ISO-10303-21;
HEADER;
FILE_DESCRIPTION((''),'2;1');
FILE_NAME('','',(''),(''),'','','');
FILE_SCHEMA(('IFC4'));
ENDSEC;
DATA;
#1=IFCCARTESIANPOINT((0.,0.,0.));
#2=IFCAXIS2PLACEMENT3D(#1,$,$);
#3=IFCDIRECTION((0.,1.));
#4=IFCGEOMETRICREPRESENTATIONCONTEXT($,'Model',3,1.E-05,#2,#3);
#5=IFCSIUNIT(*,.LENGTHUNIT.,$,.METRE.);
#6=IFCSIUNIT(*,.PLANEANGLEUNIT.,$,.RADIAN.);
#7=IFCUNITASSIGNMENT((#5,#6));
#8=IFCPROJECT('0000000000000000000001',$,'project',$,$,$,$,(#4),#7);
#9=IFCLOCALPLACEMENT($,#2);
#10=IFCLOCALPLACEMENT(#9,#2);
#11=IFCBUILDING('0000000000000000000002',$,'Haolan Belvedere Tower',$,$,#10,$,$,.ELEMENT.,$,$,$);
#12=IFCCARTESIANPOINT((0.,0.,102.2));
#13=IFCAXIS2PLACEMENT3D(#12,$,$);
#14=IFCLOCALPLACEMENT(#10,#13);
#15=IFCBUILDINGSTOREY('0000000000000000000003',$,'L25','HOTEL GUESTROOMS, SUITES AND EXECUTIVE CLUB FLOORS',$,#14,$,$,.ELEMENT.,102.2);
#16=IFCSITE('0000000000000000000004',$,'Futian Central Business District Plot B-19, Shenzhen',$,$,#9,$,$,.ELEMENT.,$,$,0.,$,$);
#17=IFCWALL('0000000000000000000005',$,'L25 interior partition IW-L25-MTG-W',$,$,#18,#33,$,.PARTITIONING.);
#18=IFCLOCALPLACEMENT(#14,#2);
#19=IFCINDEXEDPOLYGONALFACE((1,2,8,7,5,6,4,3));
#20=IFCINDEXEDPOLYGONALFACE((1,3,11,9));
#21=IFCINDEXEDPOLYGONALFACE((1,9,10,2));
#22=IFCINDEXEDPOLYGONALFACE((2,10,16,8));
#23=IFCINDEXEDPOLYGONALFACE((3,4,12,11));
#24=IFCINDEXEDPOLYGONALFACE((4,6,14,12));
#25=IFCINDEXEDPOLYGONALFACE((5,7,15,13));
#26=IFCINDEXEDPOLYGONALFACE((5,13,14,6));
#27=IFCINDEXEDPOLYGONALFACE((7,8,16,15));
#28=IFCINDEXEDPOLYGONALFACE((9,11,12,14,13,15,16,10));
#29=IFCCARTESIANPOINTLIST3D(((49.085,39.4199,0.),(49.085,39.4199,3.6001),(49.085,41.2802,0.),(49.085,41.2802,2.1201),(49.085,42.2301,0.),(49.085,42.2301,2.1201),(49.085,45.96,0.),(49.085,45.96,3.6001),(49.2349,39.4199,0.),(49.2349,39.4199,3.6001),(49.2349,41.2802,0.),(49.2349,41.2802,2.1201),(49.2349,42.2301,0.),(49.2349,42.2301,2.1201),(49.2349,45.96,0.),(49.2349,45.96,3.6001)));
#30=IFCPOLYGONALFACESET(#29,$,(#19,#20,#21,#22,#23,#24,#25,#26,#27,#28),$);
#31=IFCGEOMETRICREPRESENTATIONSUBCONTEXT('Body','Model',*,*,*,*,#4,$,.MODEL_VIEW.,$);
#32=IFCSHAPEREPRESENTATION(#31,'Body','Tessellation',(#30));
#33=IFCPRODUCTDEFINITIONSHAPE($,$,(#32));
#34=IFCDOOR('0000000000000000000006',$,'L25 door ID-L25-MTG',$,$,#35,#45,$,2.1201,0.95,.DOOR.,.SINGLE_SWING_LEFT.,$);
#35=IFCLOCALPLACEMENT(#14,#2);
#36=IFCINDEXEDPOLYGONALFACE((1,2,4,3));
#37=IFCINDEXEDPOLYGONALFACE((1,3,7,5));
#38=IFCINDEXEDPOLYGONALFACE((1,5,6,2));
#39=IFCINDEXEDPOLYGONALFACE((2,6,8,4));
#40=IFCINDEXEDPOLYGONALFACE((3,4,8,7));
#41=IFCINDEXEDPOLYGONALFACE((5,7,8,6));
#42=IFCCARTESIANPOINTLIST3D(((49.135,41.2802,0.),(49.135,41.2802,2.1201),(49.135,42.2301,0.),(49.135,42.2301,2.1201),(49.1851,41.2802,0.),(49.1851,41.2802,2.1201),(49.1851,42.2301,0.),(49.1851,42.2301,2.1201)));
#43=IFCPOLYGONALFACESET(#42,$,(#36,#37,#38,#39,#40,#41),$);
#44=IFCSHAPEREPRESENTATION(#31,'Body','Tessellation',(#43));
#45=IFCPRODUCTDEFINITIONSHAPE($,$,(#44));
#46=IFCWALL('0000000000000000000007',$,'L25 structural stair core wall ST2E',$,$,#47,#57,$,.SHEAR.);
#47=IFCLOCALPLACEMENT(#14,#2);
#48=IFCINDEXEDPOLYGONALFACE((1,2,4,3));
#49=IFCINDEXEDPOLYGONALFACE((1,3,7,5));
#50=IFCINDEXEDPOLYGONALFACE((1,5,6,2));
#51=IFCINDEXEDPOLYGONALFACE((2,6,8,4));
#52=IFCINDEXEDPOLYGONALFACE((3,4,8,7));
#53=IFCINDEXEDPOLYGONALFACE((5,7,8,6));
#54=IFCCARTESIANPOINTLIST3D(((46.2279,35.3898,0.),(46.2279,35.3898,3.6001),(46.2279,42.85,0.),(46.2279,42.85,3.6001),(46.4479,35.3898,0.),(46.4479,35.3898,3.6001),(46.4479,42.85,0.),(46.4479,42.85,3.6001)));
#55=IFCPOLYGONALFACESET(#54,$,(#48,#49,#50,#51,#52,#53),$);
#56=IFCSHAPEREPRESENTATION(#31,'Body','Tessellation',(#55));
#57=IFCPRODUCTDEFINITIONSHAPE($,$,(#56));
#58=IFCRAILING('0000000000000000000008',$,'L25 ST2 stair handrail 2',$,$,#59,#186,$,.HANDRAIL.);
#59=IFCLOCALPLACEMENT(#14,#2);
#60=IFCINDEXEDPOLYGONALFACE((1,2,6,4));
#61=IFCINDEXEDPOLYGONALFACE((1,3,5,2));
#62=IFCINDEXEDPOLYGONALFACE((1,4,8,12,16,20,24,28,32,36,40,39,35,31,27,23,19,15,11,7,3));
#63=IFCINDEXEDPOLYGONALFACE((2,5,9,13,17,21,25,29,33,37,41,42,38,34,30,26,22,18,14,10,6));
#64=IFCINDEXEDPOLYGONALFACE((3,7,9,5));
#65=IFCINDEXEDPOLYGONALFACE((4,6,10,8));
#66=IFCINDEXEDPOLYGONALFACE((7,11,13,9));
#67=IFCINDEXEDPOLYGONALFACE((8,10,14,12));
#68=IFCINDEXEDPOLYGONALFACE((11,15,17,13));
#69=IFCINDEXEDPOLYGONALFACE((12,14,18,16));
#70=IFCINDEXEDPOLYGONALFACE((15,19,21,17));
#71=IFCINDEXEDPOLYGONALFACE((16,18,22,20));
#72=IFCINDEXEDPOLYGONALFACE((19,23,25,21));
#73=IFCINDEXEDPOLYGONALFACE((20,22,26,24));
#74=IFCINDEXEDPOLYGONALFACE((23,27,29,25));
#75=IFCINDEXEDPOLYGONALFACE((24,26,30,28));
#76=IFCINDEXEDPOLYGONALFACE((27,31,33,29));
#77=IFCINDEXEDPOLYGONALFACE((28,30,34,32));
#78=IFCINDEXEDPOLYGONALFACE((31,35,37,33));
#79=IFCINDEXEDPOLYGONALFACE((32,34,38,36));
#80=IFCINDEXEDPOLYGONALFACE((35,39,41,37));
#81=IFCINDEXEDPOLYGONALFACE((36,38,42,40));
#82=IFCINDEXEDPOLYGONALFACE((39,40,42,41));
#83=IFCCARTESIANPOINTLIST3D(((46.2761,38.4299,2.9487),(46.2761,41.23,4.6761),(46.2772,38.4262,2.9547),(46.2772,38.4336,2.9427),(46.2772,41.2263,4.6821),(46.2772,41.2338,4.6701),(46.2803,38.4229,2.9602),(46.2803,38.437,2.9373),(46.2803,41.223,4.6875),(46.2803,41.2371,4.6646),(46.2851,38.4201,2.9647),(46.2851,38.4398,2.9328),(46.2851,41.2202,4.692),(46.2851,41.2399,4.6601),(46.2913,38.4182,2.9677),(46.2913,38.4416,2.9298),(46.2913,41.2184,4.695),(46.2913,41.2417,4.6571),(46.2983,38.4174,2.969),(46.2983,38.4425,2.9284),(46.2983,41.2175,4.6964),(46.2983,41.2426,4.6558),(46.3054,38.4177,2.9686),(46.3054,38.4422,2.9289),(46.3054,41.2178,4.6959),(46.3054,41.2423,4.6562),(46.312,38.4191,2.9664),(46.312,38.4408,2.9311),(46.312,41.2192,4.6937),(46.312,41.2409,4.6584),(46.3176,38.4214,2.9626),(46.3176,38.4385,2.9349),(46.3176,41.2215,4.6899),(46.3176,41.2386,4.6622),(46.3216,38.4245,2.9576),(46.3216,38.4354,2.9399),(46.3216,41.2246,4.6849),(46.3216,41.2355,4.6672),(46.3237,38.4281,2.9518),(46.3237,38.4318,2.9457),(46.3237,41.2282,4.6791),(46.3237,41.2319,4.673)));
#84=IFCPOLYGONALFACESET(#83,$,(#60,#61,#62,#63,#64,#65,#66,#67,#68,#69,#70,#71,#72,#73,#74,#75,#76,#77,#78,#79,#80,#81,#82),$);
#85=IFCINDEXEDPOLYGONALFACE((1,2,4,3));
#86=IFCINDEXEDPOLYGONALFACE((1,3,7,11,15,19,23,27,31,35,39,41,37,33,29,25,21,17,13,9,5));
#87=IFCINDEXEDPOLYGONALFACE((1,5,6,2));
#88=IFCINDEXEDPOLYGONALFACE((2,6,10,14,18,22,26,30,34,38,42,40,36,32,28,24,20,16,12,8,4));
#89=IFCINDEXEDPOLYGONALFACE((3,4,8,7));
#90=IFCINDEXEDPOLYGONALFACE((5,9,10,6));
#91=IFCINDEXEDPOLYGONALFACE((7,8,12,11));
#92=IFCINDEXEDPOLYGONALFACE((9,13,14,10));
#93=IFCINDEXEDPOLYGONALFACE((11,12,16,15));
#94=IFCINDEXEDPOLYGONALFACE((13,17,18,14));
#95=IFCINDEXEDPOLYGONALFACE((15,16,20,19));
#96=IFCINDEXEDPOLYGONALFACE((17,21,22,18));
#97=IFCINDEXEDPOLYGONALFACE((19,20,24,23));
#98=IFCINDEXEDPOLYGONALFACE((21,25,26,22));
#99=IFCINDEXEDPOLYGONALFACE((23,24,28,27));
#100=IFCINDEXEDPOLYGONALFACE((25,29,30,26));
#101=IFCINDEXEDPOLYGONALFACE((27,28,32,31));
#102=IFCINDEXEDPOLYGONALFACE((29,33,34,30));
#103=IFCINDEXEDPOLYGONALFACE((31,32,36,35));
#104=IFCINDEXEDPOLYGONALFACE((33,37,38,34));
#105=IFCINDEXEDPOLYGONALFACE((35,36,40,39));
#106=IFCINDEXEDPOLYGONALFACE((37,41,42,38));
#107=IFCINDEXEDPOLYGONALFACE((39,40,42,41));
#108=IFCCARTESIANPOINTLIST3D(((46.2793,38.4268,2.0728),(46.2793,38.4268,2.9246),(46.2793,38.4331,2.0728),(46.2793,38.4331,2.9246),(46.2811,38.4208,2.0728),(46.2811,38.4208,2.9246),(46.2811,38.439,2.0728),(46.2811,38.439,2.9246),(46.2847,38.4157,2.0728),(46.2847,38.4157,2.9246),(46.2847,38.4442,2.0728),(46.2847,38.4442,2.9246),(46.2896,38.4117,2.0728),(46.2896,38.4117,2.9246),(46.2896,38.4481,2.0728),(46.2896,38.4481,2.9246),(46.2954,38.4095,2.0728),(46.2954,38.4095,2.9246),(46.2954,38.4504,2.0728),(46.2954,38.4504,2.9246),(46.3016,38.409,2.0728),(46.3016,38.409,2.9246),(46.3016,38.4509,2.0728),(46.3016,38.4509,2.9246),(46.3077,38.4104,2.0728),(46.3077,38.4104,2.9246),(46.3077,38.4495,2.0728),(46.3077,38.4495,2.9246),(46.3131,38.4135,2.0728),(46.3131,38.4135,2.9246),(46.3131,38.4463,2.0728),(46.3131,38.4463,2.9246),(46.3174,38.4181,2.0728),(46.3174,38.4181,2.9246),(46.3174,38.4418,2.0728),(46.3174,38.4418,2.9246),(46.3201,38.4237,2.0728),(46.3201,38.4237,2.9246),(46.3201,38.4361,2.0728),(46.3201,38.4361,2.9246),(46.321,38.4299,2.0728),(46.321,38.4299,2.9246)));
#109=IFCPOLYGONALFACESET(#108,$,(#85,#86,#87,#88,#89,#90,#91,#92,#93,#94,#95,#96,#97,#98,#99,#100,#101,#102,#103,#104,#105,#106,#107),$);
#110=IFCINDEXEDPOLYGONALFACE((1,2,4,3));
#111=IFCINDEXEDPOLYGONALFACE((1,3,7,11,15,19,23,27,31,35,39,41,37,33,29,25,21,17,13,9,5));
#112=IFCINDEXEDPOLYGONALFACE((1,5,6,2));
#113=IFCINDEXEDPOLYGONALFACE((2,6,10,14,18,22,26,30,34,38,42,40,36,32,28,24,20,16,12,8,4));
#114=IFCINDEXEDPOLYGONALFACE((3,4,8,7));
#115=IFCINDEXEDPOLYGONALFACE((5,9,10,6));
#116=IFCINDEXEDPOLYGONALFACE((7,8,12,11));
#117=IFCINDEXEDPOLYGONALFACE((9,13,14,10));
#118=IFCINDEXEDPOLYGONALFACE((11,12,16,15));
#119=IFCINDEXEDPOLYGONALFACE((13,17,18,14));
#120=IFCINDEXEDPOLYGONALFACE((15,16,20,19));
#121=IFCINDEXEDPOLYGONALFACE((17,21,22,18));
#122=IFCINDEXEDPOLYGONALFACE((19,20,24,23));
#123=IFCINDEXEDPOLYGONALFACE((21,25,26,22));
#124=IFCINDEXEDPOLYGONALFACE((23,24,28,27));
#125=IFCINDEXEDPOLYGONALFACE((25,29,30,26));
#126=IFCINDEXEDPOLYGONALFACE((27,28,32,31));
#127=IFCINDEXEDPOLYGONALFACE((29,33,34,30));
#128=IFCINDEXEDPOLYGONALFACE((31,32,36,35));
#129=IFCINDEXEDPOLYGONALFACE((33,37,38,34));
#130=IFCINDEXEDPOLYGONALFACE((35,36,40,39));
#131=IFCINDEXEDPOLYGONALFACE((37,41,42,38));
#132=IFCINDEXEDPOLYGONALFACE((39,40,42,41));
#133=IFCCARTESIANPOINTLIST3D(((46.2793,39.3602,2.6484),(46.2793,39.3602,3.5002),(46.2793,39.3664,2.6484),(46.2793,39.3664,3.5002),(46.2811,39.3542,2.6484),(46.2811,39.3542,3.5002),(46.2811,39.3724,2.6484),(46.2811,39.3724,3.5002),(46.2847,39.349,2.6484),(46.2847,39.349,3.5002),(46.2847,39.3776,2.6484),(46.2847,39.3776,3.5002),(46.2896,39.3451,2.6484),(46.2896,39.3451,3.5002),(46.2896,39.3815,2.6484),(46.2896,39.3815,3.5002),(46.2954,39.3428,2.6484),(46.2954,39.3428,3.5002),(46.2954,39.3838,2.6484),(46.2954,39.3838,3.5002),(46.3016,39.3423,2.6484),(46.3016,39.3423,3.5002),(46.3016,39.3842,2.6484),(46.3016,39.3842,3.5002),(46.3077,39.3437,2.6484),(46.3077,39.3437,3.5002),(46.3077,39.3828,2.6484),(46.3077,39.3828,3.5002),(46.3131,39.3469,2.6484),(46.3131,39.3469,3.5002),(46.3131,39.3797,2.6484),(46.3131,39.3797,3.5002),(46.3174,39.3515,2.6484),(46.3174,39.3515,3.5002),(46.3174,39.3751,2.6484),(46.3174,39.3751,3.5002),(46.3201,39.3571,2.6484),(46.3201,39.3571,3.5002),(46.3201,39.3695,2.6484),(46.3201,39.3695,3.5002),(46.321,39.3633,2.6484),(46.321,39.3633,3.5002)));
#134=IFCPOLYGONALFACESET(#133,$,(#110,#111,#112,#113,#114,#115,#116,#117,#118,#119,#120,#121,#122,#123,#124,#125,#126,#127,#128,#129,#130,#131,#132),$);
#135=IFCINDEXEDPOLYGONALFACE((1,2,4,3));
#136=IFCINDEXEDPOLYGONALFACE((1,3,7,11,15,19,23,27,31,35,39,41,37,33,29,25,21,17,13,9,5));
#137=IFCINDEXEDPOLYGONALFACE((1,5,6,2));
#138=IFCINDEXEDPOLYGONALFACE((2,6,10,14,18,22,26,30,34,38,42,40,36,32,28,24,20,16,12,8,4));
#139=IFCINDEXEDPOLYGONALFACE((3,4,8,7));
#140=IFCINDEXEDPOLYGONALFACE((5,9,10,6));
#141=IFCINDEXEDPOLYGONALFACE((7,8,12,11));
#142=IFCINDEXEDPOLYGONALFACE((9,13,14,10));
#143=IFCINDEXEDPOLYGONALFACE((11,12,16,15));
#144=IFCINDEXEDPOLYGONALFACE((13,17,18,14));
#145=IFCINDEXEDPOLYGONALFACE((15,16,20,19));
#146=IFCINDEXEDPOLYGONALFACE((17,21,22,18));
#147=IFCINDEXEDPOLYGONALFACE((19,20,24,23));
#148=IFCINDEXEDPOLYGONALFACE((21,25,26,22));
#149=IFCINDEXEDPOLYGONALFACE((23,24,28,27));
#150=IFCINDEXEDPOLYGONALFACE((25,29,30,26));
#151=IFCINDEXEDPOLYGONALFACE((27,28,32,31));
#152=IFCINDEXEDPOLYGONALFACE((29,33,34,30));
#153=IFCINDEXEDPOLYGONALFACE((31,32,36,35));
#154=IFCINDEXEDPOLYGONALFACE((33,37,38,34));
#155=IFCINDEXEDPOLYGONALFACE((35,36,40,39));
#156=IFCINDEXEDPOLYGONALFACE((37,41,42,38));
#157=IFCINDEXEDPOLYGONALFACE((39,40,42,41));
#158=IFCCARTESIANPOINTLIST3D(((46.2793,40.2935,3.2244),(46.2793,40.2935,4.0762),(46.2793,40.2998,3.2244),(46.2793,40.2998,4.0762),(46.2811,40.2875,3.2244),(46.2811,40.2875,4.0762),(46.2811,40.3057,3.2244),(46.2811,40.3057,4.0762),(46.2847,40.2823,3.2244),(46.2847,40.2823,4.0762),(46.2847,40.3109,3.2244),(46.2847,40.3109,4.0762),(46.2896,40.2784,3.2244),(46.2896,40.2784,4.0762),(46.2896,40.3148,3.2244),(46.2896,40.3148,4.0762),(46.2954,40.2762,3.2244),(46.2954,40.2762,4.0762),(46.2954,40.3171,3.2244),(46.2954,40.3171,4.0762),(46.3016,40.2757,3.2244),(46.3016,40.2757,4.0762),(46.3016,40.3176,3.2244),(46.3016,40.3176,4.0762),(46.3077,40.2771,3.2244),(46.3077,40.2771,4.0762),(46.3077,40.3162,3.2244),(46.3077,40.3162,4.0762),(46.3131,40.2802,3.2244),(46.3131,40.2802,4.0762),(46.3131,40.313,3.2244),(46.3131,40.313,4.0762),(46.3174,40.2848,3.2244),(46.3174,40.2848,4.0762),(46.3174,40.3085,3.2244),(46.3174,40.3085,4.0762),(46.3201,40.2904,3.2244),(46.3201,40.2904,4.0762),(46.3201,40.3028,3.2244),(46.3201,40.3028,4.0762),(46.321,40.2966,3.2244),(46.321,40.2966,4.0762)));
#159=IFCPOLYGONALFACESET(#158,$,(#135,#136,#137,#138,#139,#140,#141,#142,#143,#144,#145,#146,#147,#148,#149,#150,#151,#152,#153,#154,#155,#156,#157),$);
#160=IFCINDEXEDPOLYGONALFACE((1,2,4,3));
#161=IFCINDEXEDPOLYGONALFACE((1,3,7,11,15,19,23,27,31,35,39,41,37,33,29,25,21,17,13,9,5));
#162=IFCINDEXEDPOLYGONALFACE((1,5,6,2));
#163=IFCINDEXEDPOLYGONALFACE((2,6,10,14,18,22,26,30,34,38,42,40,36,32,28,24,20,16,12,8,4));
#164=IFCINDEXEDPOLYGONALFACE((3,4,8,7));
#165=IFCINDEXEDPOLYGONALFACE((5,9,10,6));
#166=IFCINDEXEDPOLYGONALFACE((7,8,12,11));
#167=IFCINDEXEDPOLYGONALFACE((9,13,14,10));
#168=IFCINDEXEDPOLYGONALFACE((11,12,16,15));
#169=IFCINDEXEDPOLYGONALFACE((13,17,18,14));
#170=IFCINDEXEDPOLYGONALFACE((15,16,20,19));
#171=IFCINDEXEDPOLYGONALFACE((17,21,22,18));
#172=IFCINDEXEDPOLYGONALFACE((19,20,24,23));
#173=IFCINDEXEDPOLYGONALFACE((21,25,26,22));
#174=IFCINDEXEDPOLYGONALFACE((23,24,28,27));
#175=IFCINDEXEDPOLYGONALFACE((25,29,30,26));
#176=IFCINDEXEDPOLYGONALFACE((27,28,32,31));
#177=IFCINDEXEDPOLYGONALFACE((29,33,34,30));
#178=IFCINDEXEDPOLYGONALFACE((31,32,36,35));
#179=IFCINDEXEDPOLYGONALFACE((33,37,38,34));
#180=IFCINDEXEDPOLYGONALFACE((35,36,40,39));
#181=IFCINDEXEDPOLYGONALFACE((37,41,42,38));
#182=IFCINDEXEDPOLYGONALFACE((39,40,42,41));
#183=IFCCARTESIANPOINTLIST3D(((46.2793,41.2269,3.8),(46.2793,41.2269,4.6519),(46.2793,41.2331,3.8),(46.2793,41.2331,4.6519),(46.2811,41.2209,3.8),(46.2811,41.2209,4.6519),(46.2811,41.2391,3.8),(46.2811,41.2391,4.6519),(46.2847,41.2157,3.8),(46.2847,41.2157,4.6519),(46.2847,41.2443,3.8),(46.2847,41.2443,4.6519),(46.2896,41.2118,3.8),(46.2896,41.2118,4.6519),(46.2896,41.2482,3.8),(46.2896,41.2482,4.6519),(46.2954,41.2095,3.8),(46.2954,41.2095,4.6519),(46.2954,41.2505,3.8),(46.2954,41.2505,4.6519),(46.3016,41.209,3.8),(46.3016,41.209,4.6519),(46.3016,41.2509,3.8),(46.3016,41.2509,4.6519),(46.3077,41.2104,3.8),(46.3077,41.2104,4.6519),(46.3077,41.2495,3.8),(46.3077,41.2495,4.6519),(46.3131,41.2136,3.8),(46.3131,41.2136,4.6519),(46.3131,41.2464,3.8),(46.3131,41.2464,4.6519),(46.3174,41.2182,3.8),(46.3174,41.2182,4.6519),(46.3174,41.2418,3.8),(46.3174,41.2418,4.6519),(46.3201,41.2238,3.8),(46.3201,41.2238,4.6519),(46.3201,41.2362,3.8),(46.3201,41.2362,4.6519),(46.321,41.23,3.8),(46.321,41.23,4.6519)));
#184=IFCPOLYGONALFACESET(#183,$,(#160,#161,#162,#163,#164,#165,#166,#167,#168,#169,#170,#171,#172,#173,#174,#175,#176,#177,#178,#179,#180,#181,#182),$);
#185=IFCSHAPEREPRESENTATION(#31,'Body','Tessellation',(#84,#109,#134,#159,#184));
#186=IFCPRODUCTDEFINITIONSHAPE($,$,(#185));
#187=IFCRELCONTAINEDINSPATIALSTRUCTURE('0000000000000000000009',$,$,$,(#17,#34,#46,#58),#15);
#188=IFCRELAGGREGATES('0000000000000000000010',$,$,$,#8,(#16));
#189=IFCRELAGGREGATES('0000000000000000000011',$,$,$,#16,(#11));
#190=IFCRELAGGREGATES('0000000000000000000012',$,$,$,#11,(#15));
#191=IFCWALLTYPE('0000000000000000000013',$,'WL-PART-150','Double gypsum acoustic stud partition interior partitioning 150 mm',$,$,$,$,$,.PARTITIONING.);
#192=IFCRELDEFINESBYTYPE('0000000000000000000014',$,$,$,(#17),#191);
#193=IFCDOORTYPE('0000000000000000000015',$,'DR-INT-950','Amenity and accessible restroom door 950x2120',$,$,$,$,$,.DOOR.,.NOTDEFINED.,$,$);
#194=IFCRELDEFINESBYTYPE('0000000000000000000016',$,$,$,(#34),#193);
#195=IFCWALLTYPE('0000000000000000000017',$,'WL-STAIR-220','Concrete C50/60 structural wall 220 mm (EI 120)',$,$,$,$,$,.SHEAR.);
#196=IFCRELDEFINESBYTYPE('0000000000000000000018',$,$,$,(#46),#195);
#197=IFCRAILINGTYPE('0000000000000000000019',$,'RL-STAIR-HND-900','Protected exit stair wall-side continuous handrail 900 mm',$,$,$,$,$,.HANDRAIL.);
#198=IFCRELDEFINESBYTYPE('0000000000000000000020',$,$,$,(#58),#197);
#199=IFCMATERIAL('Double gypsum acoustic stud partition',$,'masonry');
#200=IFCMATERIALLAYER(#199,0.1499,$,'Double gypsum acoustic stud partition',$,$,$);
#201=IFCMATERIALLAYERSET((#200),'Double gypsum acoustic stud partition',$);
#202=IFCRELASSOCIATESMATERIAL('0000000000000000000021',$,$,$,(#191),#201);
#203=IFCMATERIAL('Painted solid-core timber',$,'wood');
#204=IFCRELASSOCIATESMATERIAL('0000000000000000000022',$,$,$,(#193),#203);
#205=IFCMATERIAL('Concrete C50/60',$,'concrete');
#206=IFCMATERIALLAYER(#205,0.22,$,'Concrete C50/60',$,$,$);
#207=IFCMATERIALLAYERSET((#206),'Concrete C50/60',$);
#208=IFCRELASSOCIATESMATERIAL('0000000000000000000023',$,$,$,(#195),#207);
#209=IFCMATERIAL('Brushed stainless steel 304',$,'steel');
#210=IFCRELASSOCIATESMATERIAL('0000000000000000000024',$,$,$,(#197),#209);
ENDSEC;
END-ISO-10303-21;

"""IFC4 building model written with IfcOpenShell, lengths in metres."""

from ifc_helpers import new_model, si_unit, direction, frame, frame_2d, origin, origin_2d, place, context, subcontext, project, spatial, rectangle, circle, extrude, material, layer, layer_set, type_object, element, fill, save


model = new_model("IFC4")

# Units and contexts
model_context = context("Model", 3, precision=1e-05, world=origin(), true_north=direction((0.0, 1.0)))
body_context = subcontext(model_context, "Body", "Model", "MODEL_VIEW")
ifc_project = project(units=[si_unit("LENGTHUNIT", "METRE"), si_unit("PLANEANGLEUNIT", "RADIAN")], contexts=[model_context])

# Site, building, storey
site_placement = place(None, origin())
site = spatial("IfcSite", under=ifc_project, at=site_placement, Name="Futian Central Business District Plot B-19, Shenzhen", CompositionType="ELEMENT", RefElevation=0.0)
building_placement = place(site_placement, origin())
building = spatial("IfcBuilding", under=site, at=building_placement, Name="Haolan Belvedere Tower", CompositionType="ELEMENT")
storey_placement = place(building_placement, frame((0.0, 0.0, 102.2)))
storey = spatial("IfcBuildingStorey", under=building, at=storey_placement, Name="L25", Description="HOTEL GUESTROOMS, SUITES AND EXECUTIVE CLUB FLOORS", CompositionType="ELEMENT", Elevation=102.2)

# Shared definitions
ifc_material_1 = material(Name="Double gypsum acoustic stud partition", Category="masonry")
ifc_layer_1 = layer(ifc_material_1, 0.1499, Name="Double gypsum acoustic stud partition")
ifc_layer_set_1 = layer_set([ifc_layer_1], Name="Double gypsum acoustic stud partition")
wall_type_1 = type_object("IfcWallType", Name="WL-PART-150", Description="Double gypsum acoustic stud partition interior partitioning 150 mm", PredefinedType="PARTITIONING", material=ifc_layer_set_1)

# Wall, opening, door
wall_1_placement = place(storey_placement, frame((49.1599, 39.4199, 0.0), z_axis=(0.0, 0.0, 1.0), x_axis=(0.0, 1.0, 0.0)))
wall_1 = element("IfcWall", 1, at=wall_1_placement, inside=storey, type_object=wall_type_1, Name="L25 interior partition IW-L25-MTG-W", PredefinedType="PARTITIONING", context=body_context, shape_type="SweptSolid", body=[
    extrude(rectangle(XDim=6.54, YDim=0.1499, at=frame_2d((3.27, 0.0))), origin(), (0.0, 0.0, 1.0), 3.6001),
])
opening_placement = place(wall_1_placement, frame((1.8601, 0.0, 0.0)))
opening = element("IfcOpeningElement", 2, at=opening_placement, cuts=wall_1, PredefinedType="OPENING", context=body_context, shape_type="SweptSolid", body=[
    extrude(rectangle(XDim=0.95, YDim=2.1201, at=frame_2d((0.4751, 1.0601))), frame((0.0, 0.085, 0.0), z_axis=(0.0, -1.0, 0.0), x_axis=(1.0, 0.0, 0.0)), (0.0, 0.0, 1.0), 0.1699),
])
ifc_material_2 = material(Name="Painted solid-core timber", Category="wood")
door_type = type_object("IfcDoorType", Name="DR-INT-950", Description="Amenity and accessible restroom door 950x2120", OperationType="NOTDEFINED", PredefinedType="DOOR", material=ifc_material_2)
door_placement = place(opening_placement, origin())
door = element("IfcDoor", 3, at=door_placement, inside=storey, type_object=door_type, Name="L25 door ID-L25-MTG", OperationType="SINGLE_SWING_LEFT", OverallHeight=2.1201, OverallWidth=0.95, PredefinedType="DOOR", context=body_context, shape_type="SweptSolid", body=[
    extrude(rectangle(XDim=0.95, YDim=2.1201, at=frame_2d((0.4751, 1.0601))), frame((0.0, 0.0249, 0.0), z_axis=(0.0, -1.0, 0.0), x_axis=(1.0, 0.0, 0.0)), (0.0, 0.0, 1.0), 0.05),
])
fill(opening, door)

# Wall
ifc_material_3 = material(Name="Concrete C50/60", Category="concrete")
ifc_layer_2 = layer(ifc_material_3, 0.22, Name="Concrete C50/60")
ifc_layer_set_2 = layer_set([ifc_layer_2], Name="Concrete C50/60")
wall_type_2 = type_object("IfcWallType", Name="WL-STAIR-220", Description="Concrete C50/60 structural wall 220 mm (EI 120)", PredefinedType="SHEAR", material=ifc_layer_set_2)
wall_2_placement = place(storey_placement, frame((46.3379, 35.3899, 0.0), z_axis=(0.0, 0.0, 1.0), x_axis=(0.0, 1.0, 0.0)))
element("IfcWall", 4, at=wall_2_placement, inside=storey, type_object=wall_type_2, Name="L25 structural stair core wall ST2E", PredefinedType="SHEAR", context=body_context, shape_type="SweptSolid", body=[
    extrude(rectangle(XDim=7.4602, YDim=0.22, at=frame_2d((3.73, 0.0))), origin(), (0.0, 0.0, 1.0), 3.6001),
])

# Railing
ifc_material_4 = material(Name="Brushed stainless steel 304", Category="steel")
railing_type = type_object("IfcRailingType", Name="RL-STAIR-HND-900", Description="Protected exit stair wall-side continuous handrail 900 mm", PredefinedType="HANDRAIL", material=ifc_material_4)
railing_placement = place(storey_placement, frame((46.3, 38.4299, 2.0728)))
element("IfcRailing", 5, at=railing_placement, inside=storey, type_object=railing_type, Name="L25 ST2 stair handrail 2", PredefinedType="HANDRAIL", context=body_context, shape_type="SweptSolid", body=[
    extrude(circle(Radius=0.0239, at=origin_2d()), frame((0.0, 0.0, 0.876), z_axis=(0.0, 0.85109, 0.52502), x_axis=(-1.0, 0.0, 0.0)), (0.0, 0.0, 1.0), 3.29),
    extrude(circle(Radius=0.021, at=origin_2d()), origin(), (0.0, 0.0, 1.0), 0.8518),
    extrude(circle(Radius=0.021, at=origin_2d()), frame((0.0, 0.9333, 0.5757)), (0.0, 0.0, 1.0), 0.8518),
    extrude(circle(Radius=0.021, at=origin_2d()), frame((0.0, 1.8667, 1.1516)), (0.0, 0.0, 1.0), 0.8518),
    extrude(circle(Radius=0.021, at=origin_2d()), frame((0.0, 2.8, 1.7273)), (0.0, 0.0, 1.0), 0.8518),
])

save(model, "model.ifc")
